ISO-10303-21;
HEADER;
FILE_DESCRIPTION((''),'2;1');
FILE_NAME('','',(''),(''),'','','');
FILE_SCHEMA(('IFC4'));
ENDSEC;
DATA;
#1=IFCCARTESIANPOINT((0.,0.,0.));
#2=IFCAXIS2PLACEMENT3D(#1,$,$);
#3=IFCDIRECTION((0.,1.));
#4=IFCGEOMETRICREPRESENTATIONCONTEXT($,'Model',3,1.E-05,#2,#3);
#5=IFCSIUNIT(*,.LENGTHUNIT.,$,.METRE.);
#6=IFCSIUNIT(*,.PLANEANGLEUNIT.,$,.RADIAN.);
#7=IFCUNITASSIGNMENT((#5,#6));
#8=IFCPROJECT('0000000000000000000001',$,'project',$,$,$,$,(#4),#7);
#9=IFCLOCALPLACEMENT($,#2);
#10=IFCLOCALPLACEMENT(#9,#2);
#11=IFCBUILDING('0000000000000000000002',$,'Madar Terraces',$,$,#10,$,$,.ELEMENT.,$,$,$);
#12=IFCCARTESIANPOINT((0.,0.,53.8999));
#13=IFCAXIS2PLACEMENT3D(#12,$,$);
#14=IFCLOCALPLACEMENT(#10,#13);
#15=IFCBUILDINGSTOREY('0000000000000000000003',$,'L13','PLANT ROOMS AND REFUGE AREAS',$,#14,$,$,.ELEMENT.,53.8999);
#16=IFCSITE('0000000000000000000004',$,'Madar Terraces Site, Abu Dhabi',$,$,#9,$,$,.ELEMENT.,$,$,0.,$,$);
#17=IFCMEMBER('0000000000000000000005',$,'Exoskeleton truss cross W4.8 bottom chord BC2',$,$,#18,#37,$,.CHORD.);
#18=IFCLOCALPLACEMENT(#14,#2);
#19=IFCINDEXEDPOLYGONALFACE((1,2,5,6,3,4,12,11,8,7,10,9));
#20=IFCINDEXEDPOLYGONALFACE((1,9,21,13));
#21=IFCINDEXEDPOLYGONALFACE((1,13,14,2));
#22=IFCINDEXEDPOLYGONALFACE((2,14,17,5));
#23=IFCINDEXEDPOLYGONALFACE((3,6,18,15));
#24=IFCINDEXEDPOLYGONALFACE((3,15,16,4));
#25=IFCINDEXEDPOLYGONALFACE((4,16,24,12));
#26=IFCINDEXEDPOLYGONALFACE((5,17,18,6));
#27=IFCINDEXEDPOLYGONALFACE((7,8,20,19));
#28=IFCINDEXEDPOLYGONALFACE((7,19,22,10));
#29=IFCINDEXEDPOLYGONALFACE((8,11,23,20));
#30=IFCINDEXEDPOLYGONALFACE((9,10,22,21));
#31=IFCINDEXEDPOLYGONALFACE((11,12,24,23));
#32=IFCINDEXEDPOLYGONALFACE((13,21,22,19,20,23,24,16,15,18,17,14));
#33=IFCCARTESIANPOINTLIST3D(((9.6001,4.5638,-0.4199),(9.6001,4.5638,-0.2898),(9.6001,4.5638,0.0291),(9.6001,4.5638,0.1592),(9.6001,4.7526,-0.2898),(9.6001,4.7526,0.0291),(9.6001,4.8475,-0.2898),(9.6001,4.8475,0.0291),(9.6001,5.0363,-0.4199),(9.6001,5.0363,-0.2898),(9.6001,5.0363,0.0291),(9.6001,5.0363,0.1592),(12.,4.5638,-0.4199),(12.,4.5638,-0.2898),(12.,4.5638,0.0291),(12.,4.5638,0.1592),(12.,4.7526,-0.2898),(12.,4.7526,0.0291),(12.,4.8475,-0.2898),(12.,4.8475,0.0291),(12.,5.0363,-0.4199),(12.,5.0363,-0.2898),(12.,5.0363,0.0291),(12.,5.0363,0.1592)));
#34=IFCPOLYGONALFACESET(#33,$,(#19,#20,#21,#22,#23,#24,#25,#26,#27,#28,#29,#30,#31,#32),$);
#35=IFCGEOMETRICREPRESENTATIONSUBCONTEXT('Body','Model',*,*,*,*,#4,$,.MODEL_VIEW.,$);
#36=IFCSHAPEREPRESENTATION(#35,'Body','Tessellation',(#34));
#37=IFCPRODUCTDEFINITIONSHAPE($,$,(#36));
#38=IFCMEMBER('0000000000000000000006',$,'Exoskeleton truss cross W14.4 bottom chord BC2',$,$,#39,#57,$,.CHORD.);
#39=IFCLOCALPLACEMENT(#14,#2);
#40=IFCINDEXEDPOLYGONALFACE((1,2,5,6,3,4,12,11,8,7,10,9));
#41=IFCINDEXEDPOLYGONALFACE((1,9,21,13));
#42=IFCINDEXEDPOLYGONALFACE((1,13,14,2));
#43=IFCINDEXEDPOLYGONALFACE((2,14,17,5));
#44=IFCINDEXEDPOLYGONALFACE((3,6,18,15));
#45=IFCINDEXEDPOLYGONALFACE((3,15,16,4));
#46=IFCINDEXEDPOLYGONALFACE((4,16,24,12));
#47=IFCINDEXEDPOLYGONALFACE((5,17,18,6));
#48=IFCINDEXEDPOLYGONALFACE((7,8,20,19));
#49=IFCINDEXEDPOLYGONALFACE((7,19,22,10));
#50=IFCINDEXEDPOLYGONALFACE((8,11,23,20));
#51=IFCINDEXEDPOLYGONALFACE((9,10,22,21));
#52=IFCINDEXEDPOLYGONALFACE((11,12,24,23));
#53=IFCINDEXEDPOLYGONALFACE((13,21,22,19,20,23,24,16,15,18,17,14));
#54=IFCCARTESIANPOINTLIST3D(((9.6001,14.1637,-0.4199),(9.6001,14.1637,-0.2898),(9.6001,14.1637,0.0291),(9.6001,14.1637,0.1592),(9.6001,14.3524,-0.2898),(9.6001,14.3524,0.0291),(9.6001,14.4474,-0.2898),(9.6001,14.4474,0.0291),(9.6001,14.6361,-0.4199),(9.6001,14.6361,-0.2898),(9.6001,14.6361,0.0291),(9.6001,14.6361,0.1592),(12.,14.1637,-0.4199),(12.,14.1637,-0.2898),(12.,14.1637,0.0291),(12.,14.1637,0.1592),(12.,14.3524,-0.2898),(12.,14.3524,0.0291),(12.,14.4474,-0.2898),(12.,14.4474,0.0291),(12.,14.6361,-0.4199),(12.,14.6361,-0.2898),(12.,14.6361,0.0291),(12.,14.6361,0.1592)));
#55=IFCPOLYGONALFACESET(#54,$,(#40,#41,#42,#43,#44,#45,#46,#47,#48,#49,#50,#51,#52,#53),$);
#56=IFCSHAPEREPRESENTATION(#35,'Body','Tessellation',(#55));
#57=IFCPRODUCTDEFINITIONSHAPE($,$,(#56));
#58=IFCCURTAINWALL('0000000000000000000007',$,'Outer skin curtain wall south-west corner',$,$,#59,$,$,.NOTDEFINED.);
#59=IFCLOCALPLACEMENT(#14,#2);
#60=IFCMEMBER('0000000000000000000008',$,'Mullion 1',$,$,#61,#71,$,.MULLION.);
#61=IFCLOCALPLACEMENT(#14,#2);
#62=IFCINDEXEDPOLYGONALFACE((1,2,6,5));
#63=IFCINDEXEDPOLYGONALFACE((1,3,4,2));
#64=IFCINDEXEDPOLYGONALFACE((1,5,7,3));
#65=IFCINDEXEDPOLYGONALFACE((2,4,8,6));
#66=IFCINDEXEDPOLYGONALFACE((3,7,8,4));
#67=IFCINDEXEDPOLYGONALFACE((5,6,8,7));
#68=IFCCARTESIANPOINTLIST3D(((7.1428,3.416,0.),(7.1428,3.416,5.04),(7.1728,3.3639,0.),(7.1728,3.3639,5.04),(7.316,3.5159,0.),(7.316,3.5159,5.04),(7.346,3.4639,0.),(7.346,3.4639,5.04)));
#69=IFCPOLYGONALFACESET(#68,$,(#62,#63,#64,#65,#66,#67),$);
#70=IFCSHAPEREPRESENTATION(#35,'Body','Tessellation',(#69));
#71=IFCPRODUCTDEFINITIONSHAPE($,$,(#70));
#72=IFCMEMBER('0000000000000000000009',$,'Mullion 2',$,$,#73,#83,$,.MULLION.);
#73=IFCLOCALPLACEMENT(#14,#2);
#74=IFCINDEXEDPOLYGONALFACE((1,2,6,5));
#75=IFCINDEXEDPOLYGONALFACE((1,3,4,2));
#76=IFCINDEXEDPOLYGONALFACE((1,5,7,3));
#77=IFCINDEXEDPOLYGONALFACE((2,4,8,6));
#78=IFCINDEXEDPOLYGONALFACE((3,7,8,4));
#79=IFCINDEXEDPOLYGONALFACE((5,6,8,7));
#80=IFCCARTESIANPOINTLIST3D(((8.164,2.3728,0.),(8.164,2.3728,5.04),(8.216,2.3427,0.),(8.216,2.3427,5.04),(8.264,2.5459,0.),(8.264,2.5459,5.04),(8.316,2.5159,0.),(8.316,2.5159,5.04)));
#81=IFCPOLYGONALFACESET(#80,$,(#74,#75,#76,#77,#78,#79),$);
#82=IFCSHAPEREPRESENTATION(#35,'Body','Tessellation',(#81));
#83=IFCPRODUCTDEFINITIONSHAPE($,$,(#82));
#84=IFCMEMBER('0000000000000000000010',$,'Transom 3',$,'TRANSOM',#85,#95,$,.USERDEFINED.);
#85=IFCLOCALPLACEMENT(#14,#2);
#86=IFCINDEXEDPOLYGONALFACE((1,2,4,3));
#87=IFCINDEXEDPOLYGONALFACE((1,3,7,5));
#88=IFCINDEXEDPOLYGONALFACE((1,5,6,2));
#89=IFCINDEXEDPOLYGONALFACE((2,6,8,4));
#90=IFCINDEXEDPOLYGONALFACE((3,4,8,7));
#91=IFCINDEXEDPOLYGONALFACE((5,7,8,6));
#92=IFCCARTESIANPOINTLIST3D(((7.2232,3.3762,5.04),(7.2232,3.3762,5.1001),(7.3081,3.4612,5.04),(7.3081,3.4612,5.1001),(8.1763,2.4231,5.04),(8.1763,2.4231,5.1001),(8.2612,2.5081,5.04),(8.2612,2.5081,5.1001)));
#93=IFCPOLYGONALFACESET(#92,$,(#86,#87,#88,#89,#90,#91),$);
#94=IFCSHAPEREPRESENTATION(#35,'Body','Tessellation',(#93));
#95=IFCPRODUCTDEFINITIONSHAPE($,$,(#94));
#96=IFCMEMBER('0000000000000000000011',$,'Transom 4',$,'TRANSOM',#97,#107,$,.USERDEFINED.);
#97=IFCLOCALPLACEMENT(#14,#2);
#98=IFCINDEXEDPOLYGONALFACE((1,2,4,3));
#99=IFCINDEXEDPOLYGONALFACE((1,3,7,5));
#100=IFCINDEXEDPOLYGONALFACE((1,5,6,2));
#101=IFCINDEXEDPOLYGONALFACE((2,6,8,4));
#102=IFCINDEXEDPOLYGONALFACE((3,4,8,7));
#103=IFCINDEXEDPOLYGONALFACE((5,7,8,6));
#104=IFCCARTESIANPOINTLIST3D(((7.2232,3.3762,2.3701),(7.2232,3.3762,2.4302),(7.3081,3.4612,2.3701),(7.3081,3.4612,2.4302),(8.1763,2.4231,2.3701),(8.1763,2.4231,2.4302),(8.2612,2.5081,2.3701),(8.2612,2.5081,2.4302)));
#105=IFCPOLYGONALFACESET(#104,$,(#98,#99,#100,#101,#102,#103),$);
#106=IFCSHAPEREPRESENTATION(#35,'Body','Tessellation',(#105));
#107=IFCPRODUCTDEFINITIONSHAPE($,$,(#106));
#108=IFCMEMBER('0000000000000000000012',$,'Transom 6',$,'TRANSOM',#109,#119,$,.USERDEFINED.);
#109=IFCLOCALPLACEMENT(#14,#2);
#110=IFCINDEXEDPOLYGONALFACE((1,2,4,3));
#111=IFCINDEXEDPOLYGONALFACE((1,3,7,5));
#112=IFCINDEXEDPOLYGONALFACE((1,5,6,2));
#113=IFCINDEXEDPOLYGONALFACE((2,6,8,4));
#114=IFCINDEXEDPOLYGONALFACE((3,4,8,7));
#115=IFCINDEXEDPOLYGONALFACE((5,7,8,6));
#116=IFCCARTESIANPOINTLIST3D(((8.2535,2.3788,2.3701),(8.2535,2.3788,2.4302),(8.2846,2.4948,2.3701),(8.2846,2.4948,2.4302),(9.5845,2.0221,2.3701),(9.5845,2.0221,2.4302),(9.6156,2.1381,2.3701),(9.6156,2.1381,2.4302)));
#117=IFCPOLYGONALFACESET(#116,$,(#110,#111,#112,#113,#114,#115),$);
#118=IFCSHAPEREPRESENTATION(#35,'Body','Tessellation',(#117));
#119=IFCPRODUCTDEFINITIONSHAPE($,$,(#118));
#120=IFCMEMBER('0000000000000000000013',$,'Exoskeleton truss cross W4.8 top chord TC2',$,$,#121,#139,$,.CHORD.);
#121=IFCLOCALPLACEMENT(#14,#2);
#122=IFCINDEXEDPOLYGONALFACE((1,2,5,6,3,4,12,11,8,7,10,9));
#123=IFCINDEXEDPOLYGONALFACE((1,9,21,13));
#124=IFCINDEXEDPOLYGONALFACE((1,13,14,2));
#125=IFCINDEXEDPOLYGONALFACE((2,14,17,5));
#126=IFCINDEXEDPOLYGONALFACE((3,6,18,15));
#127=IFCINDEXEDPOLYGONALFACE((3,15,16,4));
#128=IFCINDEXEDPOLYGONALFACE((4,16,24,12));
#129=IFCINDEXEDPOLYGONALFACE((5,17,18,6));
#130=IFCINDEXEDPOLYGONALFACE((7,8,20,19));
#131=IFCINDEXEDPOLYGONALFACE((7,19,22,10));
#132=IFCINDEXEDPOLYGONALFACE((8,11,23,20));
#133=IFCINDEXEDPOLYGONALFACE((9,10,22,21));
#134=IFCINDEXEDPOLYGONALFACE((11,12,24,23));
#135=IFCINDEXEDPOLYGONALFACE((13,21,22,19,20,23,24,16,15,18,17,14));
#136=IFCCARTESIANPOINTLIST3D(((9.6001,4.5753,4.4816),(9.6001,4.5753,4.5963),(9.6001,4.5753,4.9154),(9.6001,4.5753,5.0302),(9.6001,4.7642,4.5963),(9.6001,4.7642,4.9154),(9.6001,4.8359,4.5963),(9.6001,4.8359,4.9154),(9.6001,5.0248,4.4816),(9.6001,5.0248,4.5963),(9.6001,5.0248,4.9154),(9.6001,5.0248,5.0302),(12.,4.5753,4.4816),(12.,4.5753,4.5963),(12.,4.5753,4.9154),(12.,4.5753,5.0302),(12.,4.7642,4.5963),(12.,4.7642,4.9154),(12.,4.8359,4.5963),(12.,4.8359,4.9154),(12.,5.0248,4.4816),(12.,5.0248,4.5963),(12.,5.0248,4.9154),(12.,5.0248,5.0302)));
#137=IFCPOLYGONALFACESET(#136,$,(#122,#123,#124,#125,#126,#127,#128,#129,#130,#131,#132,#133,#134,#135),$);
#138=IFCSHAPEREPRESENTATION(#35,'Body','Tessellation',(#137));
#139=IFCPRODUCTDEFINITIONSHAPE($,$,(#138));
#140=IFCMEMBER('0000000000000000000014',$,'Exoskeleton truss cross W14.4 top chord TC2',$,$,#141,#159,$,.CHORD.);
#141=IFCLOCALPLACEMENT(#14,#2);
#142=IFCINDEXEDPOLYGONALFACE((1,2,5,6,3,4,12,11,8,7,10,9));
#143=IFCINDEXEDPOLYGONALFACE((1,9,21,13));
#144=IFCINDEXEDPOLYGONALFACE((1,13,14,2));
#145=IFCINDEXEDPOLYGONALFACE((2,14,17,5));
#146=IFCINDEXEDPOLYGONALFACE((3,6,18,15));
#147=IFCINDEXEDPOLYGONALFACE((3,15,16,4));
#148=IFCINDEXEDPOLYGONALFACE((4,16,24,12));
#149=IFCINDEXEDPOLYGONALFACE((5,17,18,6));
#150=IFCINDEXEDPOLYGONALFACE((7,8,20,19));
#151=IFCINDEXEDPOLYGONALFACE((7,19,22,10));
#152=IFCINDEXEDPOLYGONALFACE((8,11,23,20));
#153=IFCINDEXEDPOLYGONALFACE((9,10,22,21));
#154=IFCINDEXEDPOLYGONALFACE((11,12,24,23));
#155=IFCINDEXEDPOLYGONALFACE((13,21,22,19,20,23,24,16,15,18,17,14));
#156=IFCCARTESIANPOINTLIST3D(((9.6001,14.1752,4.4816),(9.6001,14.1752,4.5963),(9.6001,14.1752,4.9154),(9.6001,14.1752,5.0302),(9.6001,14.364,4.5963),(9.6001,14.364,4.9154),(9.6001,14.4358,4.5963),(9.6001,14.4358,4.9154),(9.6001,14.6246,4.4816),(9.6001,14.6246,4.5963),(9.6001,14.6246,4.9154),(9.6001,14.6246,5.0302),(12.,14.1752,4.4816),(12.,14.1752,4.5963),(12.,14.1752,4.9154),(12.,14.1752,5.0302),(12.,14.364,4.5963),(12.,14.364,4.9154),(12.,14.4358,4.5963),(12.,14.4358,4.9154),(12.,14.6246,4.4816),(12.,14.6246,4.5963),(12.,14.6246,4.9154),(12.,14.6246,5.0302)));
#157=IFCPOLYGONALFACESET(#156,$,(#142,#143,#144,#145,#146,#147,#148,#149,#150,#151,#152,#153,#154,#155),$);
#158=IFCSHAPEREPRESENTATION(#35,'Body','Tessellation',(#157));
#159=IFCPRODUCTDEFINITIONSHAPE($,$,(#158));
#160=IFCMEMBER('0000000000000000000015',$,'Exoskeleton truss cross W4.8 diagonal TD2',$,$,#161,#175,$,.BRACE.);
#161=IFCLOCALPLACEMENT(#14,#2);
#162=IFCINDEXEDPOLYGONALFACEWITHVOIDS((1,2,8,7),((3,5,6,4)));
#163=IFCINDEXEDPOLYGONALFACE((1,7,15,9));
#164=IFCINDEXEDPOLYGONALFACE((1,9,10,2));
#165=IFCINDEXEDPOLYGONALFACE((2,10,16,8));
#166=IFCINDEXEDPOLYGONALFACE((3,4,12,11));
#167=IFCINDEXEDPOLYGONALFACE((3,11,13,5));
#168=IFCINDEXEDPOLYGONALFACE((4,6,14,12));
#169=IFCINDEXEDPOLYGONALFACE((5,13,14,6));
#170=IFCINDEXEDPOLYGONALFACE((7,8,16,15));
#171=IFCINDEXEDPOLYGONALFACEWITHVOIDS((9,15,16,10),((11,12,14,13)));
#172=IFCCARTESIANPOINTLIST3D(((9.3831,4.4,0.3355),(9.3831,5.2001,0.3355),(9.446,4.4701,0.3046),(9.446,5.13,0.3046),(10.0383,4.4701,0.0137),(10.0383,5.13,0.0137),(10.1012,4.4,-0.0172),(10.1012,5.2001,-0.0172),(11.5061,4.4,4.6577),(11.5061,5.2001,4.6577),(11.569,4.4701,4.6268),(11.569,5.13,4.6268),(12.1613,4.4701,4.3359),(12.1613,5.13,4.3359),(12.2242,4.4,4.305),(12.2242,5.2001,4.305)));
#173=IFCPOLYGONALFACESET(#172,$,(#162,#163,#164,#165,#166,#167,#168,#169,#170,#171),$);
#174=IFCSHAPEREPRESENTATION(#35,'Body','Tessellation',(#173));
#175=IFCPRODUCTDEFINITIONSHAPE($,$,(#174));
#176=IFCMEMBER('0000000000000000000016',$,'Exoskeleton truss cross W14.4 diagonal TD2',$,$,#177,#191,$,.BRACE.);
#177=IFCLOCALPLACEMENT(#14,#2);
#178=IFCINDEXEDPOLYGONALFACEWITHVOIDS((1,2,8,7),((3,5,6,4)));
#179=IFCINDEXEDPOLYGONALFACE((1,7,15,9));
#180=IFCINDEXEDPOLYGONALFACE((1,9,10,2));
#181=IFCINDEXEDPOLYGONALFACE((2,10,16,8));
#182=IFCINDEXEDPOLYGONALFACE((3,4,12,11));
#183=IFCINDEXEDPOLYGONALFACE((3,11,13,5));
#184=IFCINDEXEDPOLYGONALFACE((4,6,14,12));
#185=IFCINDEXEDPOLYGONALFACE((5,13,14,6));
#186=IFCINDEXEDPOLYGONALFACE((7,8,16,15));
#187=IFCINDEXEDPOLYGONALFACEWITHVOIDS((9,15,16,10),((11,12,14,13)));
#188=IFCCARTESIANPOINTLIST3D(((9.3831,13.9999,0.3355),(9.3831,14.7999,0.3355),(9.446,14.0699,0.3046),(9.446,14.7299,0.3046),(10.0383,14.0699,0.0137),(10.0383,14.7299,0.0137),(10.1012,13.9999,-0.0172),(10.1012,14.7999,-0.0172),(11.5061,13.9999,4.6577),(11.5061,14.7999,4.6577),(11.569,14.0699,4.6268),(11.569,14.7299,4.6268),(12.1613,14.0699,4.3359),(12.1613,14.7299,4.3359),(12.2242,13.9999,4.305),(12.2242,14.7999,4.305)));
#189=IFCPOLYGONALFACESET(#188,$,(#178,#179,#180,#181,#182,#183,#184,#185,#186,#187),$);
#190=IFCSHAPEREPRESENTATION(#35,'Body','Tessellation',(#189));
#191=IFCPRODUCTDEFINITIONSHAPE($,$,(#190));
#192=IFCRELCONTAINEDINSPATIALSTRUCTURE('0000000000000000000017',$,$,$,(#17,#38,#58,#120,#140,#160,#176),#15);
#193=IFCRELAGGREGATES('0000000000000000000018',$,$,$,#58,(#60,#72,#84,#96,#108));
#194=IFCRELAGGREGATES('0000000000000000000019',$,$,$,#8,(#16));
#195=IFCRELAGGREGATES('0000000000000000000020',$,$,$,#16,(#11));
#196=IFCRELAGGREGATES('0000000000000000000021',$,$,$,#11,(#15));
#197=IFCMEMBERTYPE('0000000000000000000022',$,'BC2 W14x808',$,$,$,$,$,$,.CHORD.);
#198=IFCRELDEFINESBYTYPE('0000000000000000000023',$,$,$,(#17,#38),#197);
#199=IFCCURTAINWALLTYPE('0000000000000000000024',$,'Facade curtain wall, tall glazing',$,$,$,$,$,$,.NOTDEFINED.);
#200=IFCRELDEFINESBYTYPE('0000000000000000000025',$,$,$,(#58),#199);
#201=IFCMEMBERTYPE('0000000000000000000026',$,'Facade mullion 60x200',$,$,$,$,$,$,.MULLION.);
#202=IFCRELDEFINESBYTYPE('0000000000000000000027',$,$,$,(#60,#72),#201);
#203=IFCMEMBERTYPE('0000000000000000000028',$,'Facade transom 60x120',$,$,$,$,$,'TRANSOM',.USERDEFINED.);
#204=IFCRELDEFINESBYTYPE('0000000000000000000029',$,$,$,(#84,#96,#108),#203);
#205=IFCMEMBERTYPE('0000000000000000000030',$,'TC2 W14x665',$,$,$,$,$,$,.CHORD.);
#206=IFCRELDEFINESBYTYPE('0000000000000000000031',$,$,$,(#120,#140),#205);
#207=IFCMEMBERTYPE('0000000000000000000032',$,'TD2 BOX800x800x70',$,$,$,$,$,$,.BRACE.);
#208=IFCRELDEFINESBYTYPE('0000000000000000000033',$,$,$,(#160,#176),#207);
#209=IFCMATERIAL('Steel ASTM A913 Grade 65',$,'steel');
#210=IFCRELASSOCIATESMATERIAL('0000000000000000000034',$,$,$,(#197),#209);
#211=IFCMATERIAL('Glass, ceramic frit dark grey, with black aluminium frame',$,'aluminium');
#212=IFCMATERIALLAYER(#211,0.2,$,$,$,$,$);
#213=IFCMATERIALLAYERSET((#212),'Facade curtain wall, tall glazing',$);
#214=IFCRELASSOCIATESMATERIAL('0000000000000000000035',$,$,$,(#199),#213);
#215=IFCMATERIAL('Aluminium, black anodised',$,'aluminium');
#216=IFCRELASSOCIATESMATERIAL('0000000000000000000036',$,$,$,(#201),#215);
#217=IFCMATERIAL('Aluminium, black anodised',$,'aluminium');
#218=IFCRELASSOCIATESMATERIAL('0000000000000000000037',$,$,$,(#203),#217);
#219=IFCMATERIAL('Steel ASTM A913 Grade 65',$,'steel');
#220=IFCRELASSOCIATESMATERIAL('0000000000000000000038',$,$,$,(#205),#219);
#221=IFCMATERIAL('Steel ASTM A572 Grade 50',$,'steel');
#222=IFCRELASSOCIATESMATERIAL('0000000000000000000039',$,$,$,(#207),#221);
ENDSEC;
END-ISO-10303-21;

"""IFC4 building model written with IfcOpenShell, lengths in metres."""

from ifc_helpers import new_model, si_unit, direction, frame, origin, origin_2d, place, context, subcontext, project, spatial, rectangle, hollow_rectangle, i_section, extrude, material, layer, layer_set, material_profile, profile_set, type_object, element, aggregate, save


model = new_model("IFC4")

# Units and contexts
model_context = context("Model", 3, precision=1e-05, world=origin(), true_north=direction((0.0, 1.0)))
body_context = subcontext(model_context, "Body", "Model", "MODEL_VIEW")
ifc_project = project(units=[si_unit("LENGTHUNIT", "METRE"), si_unit("PLANEANGLEUNIT", "RADIAN")], contexts=[model_context])

# Site, building, storey
site_placement = place(None, origin())
site = spatial("IfcSite", under=ifc_project, at=site_placement, Name="Madar Terraces Site, Abu Dhabi", CompositionType="ELEMENT", RefElevation=0.0)
building_placement = place(site_placement, origin())
building = spatial("IfcBuilding", under=site, at=building_placement, Name="Madar Terraces", CompositionType="ELEMENT")
storey_placement = place(building_placement, frame((0.0, 0.0, 53.8999)))
storey = spatial("IfcBuildingStorey", under=building, at=storey_placement, Name="L13", Description="PLANT ROOMS AND REFUGE AREAS", CompositionType="ELEMENT", Elevation=53.8999)

# Members
ifc_material_1 = material(Name="Steel ASTM A913 Grade 65", Category="steel")
ifc_material_profile_1 = material_profile(ifc_material_1, i_section(OverallWidth=0.4724, OverallDepth=0.5791, WebThickness=0.095, FlangeThickness=0.1301, at=origin_2d()), Name="W14x808")
ifc_profile_set_1 = profile_set([ifc_material_profile_1], Name="Steel ASTM A913 Grade 65")
member_type_1 = type_object("IfcMemberType", Name="BC2 W14x808", PredefinedType="CHORD", material=ifc_profile_set_1)
for number, where, z_axis, x_axis, name in (
    (1, (9.6001, 4.8, -0.1304), (1.0, 0.0, 0.0), (0.0, 1.0, 0.0), "Exoskeleton truss cross W4.8 bottom chord BC2"),
    (2, (9.6001, 14.3999, -0.1304), (1.0, 0.0, 0.0), (0.0, 1.0, 0.0), "Exoskeleton truss cross W14.4 bottom chord BC2"),
):
    element("IfcMember", number, at=place(storey_placement, frame(where, z_axis=z_axis, x_axis=x_axis)), inside=storey, type_object=member_type_1, Name=name, PredefinedType="CHORD", context=body_context, shape_type="SweptSolid", body=[
        extrude(i_section(OverallWidth=0.4724, OverallDepth=0.5791, WebThickness=0.095, FlangeThickness=0.1301, at=origin_2d()), origin(), (0.0, 0.0, 1.0), 2.3999),
    ])

# Curtain wall, members
ifc_material_2 = material(Name="Glass, ceramic frit dark grey, with black aluminium frame", Category="aluminium")
ifc_layer_1 = layer(ifc_material_2, 0.2)
ifc_layer_set_1 = layer_set([ifc_layer_1], Name="Facade curtain wall, tall glazing")
curtain_wall_type = type_object("IfcCurtainWallType", Name="Facade curtain wall, tall glazing", PredefinedType="NOTDEFINED", material=ifc_layer_set_1)
curtain_wall_placement = place(storey_placement, origin())
curtain_wall = element("IfcCurtainWall", 3, at=curtain_wall_placement, inside=storey, type_object=curtain_wall_type, Name="Outer skin curtain wall south-west corner", PredefinedType="NOTDEFINED")
ifc_material_3 = material(Name="Aluminium, black anodised", Category="aluminium")
ifc_material_profile_2 = material_profile(ifc_material_3, rectangle(XDim=0.2, YDim=0.0601, at=origin_2d()), Name="Facade mullion 60x200")
ifc_profile_set_2 = profile_set([ifc_material_profile_2], Name="Aluminium, black anodised")
member_type_2 = type_object("IfcMemberType", Name="Facade mullion 60x200", PredefinedType="MULLION", material=ifc_profile_set_2)
member_1_placement = place(storey_placement, frame((7.2444, 3.4399, 0.0), z_axis=(0.0, 0.0, 1.0), x_axis=(0.866025, 0.5, 0.0)))
member_1 = element("IfcMember", 4, at=member_1_placement, type_object=member_type_2, Name="Mullion 1", PredefinedType="MULLION", context=body_context, shape_type="SweptSolid", body=[
    extrude(rectangle(XDim=0.2, YDim=0.0601, at=origin_2d()), origin(), (0.0, 0.0, 1.0), 5.04),
])
member_2_placement = place(storey_placement, frame((8.24, 2.4443, 0.0), z_axis=(0.0, 0.0, 1.0), x_axis=(0.5, 0.866025, 0.0)))
member_2 = element("IfcMember", 5, at=member_2_placement, type_object=member_type_2, Name="Mullion 2", PredefinedType="MULLION", context=body_context, shape_type="SweptSolid", body=[
    extrude(rectangle(XDim=0.2, YDim=0.0601, at=origin_2d()), origin(), (0.0, 0.0, 1.0), 5.04),
])
ifc_material_4 = material(Name="Aluminium, black anodised", Category="aluminium")
ifc_material_profile_3 = material_profile(ifc_material_4, rectangle(XDim=0.1201, YDim=0.0601, at=origin_2d()), Name="Facade transom 60x120")
ifc_profile_set_3 = profile_set([ifc_material_profile_3], Name="Aluminium, black anodised")
member_type_3 = type_object("IfcMemberType", Name="Facade transom 60x120", ElementType="TRANSOM", PredefinedType="USERDEFINED", material=ifc_profile_set_3)
member_3_placement = place(storey_placement, frame((7.2656, 3.4187, 5.0701), z_axis=(0.707107, -0.707107, 0.0), x_axis=(0.707107, 0.707107, 0.0)))
member_3 = element("IfcMember", 6, at=member_3_placement, type_object=member_type_3, Name="Transom 3", ObjectType="TRANSOM", PredefinedType="USERDEFINED", context=body_context, shape_type="SweptSolid", body=[
    extrude(rectangle(XDim=0.1201, YDim=0.0601, at=origin_2d()), origin(), (0.0, 0.0, 1.0), 1.3479),
])
member_4_placement = place(storey_placement, frame((7.2656, 3.4187, 2.4001), z_axis=(0.707107, -0.707107, 0.0), x_axis=(0.707107, 0.707107, 0.0)))
member_4 = element("IfcMember", 7, at=member_4_placement, type_object=member_type_3, Name="Transom 4", ObjectType="TRANSOM", PredefinedType="USERDEFINED", context=body_context, shape_type="SweptSolid", body=[
    extrude(rectangle(XDim=0.1201, YDim=0.0601, at=origin_2d()), origin(), (0.0, 0.0, 1.0), 1.3479),
])
member_5_placement = place(storey_placement, frame((8.269, 2.4368, 2.4001), z_axis=(0.96592, -0.258842, 0.0), x_axis=(0.258842, 0.96592, 0.0)))
member_5 = element("IfcMember", 8, at=member_5_placement, type_object=member_type_3, Name="Transom 6", ObjectType="TRANSOM", PredefinedType="USERDEFINED", context=body_context, shape_type="SweptSolid", body=[
    extrude(rectangle(XDim=0.1201, YDim=0.0601, at=origin_2d()), origin(), (0.0, 0.0, 1.0), 1.3779),
])

# Members
ifc_material_5 = material(Name="Steel ASTM A913 Grade 65", Category="steel")
ifc_material_profile_4 = material_profile(ifc_material_5, i_section(OverallWidth=0.4495, OverallDepth=0.5486, WebThickness=0.0718, FlangeThickness=0.1147, at=origin_2d()), Name="W14x665")
ifc_profile_set_4 = profile_set([ifc_material_profile_4], Name="Steel ASTM A913 Grade 65")
member_type_4 = type_object("IfcMemberType", Name="TC2 W14x665", PredefinedType="CHORD", material=ifc_profile_set_4)
for number, where, z_axis, x_axis, name in (
    (9, (9.6001, 4.8, 4.7559), (1.0, 0.0, 0.0), (0.0, 1.0, 0.0), "Exoskeleton truss cross W4.8 top chord TC2"),
    (10, (9.6001, 14.3999, 4.7559), (1.0, 0.0, 0.0), (0.0, 1.0, 0.0), "Exoskeleton truss cross W14.4 top chord TC2"),
):
    element("IfcMember", number, at=place(storey_placement, frame(where, z_axis=z_axis, x_axis=x_axis)), inside=storey, type_object=member_type_4, Name=name, PredefinedType="CHORD", context=body_context, shape_type="SweptSolid", body=[
        extrude(i_section(OverallWidth=0.4495, OverallDepth=0.5486, WebThickness=0.0718, FlangeThickness=0.1147, at=origin_2d()), origin(), (0.0, 0.0, 1.0), 2.3999),
    ])
ifc_material_6 = material(Name="Steel ASTM A572 Grade 50", Category="steel")
ifc_material_profile_5 = material_profile(ifc_material_6, hollow_rectangle(XDim=0.8, YDim=0.8, WallThickness=0.0701, at=origin_2d()), Name="BOX800x800x70")
ifc_profile_set_5 = profile_set([ifc_material_profile_5], Name="Steel ASTM A572 Grade 50")
member_type_5 = type_object("IfcMemberType", Name="TD2 BOX800x800x70", PredefinedType="BRACE", material=ifc_profile_set_5)
for number, where, z_axis, x_axis, name in (
    (11, (9.7422, 4.8, 0.1592), (0.440875, 0.0, 0.897568), (0.0, 1.0, 0.0), "Exoskeleton truss cross W4.8 diagonal TD2"),
    (12, (9.7422, 14.3999, 0.1592), (0.440875, 0.0, 0.897568), (0.0, 1.0, 0.0), "Exoskeleton truss cross W14.4 diagonal TD2"),
):
    element("IfcMember", number, at=place(storey_placement, frame(where, z_axis=z_axis, x_axis=x_axis)), inside=storey, type_object=member_type_5, Name=name, PredefinedType="BRACE", context=body_context, shape_type="SweptSolid", body=[
        extrude(hollow_rectangle(XDim=0.8, YDim=0.8, WallThickness=0.0701, at=origin_2d()), origin(), (0.0, 0.0, 1.0), 4.8154),
    ])

aggregate(curtain_wall, [member_1, member_2, member_3, member_4, member_5])

save(model, "model.ifc")
